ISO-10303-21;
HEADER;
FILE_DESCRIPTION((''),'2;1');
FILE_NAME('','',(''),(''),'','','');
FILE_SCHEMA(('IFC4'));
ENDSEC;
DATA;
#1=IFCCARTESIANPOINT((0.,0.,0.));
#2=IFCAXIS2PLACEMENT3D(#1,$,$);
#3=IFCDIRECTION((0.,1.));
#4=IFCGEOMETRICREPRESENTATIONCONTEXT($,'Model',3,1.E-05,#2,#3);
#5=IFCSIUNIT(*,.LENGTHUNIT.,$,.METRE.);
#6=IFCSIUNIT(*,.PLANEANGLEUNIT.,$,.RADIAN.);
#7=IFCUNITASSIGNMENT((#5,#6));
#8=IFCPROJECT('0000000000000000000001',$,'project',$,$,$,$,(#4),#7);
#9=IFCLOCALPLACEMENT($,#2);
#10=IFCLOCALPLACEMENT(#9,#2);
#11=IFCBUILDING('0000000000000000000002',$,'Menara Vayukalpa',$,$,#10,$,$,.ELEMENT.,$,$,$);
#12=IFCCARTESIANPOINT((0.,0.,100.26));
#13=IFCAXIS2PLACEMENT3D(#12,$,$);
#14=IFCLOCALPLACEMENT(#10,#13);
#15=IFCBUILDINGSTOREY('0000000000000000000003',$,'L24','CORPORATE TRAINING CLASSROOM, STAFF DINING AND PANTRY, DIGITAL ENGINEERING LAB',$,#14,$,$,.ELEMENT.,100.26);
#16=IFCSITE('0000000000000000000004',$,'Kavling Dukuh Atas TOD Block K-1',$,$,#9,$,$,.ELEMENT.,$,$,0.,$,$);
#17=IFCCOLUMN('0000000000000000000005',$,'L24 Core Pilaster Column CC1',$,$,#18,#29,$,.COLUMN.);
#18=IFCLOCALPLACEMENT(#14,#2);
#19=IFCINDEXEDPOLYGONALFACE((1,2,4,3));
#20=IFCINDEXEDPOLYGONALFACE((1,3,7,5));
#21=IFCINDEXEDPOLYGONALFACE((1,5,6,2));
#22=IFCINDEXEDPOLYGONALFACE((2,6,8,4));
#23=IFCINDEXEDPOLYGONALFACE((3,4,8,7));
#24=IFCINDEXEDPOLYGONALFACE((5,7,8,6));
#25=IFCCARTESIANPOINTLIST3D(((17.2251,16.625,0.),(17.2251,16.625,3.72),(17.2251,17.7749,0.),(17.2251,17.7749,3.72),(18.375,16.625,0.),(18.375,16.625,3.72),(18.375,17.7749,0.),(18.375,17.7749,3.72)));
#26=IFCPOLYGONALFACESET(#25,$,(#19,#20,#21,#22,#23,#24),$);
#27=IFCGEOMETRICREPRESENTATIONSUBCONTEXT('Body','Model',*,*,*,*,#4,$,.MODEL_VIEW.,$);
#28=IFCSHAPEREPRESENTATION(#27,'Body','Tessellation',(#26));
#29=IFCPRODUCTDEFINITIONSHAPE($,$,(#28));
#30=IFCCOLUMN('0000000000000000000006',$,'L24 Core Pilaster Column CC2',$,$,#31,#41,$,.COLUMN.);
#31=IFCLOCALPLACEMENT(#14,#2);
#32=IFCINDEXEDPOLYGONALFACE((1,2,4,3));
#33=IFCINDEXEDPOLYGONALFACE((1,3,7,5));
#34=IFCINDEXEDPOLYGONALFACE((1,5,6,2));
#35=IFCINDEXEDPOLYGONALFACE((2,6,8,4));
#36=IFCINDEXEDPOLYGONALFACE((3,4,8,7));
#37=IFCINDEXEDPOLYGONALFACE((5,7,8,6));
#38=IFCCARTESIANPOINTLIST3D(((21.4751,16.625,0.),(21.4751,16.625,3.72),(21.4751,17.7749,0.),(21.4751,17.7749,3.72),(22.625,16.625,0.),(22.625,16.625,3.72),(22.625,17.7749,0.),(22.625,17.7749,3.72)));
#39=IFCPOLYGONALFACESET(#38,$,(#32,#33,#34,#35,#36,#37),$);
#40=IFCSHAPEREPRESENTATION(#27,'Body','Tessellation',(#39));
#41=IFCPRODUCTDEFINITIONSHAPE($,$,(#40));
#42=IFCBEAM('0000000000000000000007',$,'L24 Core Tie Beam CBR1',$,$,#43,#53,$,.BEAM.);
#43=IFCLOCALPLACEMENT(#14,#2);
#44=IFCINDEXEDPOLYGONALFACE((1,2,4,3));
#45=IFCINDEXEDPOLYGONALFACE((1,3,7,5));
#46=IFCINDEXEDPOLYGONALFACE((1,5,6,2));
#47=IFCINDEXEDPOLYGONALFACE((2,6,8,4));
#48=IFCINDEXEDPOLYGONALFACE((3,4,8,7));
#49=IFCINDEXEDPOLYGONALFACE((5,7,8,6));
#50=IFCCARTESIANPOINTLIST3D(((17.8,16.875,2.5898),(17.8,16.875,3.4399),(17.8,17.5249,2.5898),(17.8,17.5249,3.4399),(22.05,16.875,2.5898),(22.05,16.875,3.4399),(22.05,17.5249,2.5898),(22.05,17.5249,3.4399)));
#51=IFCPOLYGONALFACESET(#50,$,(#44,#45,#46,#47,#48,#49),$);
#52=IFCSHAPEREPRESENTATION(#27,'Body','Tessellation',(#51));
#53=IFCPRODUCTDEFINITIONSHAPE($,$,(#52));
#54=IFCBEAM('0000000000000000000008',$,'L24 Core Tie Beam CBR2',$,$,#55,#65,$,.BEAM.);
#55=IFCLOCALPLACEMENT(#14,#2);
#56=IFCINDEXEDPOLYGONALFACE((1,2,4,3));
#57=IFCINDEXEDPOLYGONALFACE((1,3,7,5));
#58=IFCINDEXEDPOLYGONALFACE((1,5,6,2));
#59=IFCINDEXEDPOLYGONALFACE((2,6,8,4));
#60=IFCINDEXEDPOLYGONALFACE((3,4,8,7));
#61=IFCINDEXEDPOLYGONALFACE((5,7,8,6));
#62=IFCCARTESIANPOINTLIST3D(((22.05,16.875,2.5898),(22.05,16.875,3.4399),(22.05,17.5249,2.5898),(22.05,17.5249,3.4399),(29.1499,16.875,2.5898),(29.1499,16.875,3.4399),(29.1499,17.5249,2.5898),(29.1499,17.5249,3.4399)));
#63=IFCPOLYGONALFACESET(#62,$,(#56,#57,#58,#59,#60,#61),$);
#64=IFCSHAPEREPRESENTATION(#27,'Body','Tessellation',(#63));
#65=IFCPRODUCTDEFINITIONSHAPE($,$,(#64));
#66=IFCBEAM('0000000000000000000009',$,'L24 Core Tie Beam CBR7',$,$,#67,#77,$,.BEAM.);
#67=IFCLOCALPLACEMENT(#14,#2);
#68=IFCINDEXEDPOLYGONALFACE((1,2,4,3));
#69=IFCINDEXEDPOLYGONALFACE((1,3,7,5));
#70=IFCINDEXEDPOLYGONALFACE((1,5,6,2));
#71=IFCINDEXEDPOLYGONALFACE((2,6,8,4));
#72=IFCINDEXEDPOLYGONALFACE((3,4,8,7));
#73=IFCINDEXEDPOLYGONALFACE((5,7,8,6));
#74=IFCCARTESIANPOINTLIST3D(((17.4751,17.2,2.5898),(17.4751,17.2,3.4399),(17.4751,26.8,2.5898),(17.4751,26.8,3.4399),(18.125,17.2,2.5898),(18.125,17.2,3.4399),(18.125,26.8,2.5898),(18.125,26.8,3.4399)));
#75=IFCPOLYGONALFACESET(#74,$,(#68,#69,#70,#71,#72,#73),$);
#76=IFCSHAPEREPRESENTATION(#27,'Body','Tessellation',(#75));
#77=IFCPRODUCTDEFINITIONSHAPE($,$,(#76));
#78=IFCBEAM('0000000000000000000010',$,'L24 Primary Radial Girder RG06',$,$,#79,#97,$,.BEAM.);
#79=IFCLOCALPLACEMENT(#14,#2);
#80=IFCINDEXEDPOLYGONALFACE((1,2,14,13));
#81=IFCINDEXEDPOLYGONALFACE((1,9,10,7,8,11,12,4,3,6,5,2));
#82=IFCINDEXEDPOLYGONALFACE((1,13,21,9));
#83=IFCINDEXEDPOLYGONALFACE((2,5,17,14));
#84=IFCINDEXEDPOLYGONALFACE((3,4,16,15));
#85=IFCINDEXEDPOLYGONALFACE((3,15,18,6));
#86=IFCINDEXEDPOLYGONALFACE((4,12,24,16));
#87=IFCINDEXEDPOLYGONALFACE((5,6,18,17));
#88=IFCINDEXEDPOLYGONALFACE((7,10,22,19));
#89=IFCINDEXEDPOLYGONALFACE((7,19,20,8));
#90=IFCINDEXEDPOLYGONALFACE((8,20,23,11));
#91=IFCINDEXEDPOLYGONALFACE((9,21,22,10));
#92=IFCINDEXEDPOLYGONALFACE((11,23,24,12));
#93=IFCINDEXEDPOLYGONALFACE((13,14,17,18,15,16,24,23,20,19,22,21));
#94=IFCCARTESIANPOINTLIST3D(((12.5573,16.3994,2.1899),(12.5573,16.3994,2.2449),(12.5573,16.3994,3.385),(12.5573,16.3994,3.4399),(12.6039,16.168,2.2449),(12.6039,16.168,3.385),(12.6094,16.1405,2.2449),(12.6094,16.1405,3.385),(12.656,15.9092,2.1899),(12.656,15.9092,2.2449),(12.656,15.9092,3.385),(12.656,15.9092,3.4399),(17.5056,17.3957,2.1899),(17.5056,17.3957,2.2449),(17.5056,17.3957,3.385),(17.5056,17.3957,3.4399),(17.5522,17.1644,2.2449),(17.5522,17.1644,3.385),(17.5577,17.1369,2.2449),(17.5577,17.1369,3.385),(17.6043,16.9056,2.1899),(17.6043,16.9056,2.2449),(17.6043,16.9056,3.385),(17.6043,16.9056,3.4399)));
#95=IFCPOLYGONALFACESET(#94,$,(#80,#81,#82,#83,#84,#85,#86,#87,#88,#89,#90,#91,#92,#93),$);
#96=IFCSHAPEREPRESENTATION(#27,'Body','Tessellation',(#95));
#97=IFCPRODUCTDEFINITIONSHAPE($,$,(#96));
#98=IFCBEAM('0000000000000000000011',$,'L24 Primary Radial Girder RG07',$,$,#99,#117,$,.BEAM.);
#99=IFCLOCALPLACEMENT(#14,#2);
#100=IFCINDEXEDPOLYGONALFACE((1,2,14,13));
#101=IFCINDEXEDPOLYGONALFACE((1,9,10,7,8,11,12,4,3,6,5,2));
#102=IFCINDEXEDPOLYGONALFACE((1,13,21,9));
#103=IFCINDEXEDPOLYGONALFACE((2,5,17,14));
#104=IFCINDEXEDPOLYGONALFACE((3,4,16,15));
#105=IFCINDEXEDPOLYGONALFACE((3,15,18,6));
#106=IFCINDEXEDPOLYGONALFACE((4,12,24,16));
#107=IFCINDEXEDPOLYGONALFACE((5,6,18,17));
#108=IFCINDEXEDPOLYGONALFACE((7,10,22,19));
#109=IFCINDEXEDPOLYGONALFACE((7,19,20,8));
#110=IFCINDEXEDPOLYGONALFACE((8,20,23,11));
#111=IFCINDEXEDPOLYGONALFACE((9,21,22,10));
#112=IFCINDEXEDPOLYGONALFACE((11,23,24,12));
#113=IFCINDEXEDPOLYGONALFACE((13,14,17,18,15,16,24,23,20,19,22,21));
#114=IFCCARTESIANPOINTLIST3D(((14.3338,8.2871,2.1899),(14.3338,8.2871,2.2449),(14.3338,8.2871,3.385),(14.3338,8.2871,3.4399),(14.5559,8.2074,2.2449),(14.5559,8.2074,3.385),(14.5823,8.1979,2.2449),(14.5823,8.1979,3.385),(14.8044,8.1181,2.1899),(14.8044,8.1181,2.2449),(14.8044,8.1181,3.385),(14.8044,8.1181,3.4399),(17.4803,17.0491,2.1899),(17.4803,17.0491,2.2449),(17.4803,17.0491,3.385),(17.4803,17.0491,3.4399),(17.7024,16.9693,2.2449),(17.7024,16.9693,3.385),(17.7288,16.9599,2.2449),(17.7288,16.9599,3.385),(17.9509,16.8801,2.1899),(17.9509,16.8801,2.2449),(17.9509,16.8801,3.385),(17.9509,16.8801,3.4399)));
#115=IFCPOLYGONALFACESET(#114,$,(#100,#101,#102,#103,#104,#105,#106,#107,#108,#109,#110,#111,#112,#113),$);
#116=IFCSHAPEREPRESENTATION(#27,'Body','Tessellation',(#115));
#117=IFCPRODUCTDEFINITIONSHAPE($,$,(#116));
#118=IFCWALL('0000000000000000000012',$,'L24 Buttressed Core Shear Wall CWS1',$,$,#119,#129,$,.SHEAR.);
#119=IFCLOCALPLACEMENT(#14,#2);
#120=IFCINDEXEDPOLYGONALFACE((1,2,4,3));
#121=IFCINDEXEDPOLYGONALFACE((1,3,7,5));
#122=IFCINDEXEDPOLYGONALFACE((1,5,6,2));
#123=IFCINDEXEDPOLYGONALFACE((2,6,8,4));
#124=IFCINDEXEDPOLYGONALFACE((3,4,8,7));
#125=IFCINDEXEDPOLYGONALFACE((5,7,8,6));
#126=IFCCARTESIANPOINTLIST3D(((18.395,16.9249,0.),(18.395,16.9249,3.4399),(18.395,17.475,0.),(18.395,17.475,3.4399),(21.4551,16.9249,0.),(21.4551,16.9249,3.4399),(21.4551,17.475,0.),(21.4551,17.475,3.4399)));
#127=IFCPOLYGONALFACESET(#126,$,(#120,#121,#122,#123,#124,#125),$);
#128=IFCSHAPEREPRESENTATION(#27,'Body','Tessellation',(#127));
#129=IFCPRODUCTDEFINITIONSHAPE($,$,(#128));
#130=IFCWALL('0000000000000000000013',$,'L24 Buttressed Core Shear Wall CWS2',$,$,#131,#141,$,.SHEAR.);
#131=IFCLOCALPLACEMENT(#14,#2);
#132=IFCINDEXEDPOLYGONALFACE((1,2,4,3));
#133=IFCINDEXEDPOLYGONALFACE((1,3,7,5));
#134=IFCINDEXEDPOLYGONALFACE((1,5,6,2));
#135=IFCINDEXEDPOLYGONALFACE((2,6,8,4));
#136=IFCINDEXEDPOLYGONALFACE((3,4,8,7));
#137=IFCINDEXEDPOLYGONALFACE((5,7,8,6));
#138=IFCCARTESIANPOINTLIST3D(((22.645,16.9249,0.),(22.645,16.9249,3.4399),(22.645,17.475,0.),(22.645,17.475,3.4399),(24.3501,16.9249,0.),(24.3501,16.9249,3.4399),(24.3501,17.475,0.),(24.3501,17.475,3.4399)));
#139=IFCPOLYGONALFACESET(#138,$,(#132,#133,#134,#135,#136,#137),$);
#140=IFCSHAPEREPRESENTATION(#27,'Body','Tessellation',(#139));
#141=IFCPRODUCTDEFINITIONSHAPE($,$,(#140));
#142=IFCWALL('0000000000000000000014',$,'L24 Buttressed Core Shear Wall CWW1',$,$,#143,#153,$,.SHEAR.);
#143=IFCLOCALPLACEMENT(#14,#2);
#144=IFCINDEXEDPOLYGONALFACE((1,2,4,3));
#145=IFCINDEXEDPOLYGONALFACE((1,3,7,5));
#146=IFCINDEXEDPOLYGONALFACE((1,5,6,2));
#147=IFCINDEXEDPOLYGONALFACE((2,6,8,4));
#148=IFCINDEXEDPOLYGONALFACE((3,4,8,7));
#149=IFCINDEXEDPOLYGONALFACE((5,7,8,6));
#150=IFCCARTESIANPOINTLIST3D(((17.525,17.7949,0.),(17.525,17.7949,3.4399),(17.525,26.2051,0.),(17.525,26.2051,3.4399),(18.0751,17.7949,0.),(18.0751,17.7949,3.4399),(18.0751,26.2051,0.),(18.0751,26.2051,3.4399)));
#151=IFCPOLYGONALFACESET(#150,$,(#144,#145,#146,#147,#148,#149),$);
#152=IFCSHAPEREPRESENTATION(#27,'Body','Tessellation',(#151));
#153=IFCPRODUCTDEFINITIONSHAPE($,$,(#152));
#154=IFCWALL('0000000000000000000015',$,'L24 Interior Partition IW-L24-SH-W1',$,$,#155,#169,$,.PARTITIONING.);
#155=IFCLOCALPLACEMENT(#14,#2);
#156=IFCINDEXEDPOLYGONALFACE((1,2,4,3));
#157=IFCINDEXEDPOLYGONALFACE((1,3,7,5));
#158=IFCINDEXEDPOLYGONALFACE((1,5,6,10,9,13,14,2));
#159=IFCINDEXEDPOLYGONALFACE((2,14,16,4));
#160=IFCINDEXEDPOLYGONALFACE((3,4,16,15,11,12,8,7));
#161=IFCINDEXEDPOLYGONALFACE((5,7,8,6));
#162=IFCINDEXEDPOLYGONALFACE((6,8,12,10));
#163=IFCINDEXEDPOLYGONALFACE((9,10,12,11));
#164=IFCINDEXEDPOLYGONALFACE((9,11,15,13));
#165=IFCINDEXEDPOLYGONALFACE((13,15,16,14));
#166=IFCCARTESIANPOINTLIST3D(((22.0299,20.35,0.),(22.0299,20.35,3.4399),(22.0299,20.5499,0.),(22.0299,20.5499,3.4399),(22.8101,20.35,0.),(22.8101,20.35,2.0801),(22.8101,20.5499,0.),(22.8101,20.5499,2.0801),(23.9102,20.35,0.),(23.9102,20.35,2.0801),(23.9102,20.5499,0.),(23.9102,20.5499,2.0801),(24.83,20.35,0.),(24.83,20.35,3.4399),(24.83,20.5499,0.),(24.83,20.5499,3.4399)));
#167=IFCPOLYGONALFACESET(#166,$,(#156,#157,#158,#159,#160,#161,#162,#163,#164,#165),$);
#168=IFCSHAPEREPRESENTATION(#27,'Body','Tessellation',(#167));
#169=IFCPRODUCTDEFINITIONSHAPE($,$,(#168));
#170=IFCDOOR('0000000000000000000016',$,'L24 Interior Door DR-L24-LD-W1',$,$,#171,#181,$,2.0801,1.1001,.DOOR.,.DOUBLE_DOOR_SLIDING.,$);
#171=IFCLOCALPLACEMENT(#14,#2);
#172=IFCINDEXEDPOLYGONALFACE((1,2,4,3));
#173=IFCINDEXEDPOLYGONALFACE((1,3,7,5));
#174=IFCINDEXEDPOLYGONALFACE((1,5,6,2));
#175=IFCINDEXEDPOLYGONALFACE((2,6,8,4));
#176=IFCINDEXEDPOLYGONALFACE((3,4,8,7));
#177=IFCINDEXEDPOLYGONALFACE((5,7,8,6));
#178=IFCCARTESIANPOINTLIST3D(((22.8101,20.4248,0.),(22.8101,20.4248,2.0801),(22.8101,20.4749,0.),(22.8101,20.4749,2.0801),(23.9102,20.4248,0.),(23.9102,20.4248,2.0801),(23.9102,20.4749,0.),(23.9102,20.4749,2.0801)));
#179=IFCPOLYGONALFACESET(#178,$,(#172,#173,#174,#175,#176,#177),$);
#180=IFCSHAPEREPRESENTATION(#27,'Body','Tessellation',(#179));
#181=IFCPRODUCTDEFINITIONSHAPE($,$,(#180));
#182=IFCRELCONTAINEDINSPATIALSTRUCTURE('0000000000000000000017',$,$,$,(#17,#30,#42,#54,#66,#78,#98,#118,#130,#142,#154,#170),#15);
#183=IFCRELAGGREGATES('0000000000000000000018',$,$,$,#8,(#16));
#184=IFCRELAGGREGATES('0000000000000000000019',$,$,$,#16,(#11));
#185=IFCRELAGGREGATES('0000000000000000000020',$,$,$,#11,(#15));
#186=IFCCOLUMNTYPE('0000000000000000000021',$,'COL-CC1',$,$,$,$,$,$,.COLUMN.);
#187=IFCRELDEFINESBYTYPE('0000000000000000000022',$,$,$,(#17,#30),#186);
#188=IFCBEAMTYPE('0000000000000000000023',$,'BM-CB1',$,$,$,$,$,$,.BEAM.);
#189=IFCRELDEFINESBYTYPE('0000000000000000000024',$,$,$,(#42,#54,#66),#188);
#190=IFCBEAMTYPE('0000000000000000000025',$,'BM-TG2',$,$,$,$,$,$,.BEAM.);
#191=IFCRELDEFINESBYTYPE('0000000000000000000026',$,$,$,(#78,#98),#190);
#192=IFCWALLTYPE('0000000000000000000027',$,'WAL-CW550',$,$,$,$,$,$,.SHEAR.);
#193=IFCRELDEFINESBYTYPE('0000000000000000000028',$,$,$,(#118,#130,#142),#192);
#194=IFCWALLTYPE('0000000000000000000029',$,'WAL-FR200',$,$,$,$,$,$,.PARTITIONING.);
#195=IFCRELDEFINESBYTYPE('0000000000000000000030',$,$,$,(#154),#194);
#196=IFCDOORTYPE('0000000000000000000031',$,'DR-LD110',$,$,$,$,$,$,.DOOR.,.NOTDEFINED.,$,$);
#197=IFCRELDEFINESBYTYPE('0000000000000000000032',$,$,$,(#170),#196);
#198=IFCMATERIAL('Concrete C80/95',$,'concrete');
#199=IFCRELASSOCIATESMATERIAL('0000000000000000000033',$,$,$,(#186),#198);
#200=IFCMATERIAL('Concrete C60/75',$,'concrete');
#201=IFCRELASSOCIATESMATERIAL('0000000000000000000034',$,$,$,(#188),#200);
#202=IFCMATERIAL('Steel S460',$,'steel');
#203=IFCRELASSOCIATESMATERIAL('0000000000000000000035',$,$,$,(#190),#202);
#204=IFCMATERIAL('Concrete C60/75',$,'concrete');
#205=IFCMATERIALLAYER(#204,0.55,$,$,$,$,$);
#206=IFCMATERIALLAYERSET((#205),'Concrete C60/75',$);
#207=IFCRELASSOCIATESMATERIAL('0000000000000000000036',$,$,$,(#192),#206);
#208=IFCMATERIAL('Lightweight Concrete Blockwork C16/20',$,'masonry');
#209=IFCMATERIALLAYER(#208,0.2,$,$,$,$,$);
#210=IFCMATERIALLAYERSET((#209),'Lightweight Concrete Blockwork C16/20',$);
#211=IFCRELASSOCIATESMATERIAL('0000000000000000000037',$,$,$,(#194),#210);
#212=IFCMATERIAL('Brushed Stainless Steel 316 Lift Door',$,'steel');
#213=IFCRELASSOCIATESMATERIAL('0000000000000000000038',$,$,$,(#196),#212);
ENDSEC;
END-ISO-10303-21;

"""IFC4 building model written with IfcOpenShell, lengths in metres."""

from ifc_helpers import new_model, si_unit, direction, frame, frame_2d, origin, origin_2d, place, context, subcontext, project, spatial, rectangle, i_section, extrude, material, layer, layer_set, material_profile, profile_set, type_object, element, fill, save


model = new_model("IFC4")

# Units and contexts
model_context = context("Model", 3, precision=1e-05, world=origin(), true_north=direction((0.0, 1.0)))
body_context = subcontext(model_context, "Body", "Model", "MODEL_VIEW")
ifc_project = project(units=[si_unit("LENGTHUNIT", "METRE"), si_unit("PLANEANGLEUNIT", "RADIAN")], contexts=[model_context])

# Site, building, storey
site_placement = place(None, origin())
site = spatial("IfcSite", under=ifc_project, at=site_placement, Name="Kavling Dukuh Atas TOD Block K-1", CompositionType="ELEMENT", RefElevation=0.0)
building_placement = place(site_placement, origin())
building = spatial("IfcBuilding", under=site, at=building_placement, Name="Menara Vayukalpa", CompositionType="ELEMENT")
storey_placement = place(building_placement, frame((0.0, 0.0, 100.26)))
storey = spatial("IfcBuildingStorey", under=building, at=storey_placement, Name="L24", Description="CORPORATE TRAINING CLASSROOM, STAFF DINING AND PANTRY, DIGITAL ENGINEERING LAB", CompositionType="ELEMENT", Elevation=100.26)

# Columns
ifc_material_1 = material(Name="Concrete C80/95", Category="concrete")
ifc_material_profile_1 = material_profile(ifc_material_1, rectangle(XDim=1.1499, YDim=1.1499, at=origin_2d()), Name="RC 1150x1150")
ifc_profile_set_1 = profile_set([ifc_material_profile_1], Name="Concrete C80/95")
column_type = type_object("IfcColumnType", Name="COL-CC1", PredefinedType="COLUMN", material=ifc_profile_set_1)
for number, where, z_axis, x_axis, name in (
    (1, (17.8, 17.2, 0.0), (0.0, 0.0, 1.0), (1.0, 0.0, 0.0), "L24 Core Pilaster Column CC1"),
    (2, (22.05, 17.2, 0.0), (0.0, 0.0, 1.0), (1.0, 0.0, 0.0), "L24 Core Pilaster Column CC2"),
):
    element("IfcColumn", number, at=place(storey_placement, frame(where, z_axis=z_axis, x_axis=x_axis)), inside=storey, type_object=column_type, Name=name, PredefinedType="COLUMN", context=body_context, shape_type="SweptSolid", body=[
        extrude(rectangle(XDim=1.1499, YDim=1.1499, at=origin_2d()), origin(), (0.0, 0.0, 1.0), 3.72),
    ])

# Beams
ifc_material_2 = material(Name="Concrete C60/75", Category="concrete")
ifc_material_profile_2 = material_profile(ifc_material_2, rectangle(XDim=0.6499, YDim=0.8501, at=origin_2d()), Name="RC 650x850")
ifc_profile_set_2 = profile_set([ifc_material_profile_2], Name="Concrete C60/75")
beam_type_1 = type_object("IfcBeamType", Name="BM-CB1", PredefinedType="BEAM", material=ifc_profile_set_2)
beam_1_placement = place(storey_placement, frame((17.8, 17.2, 3.0149), z_axis=(1.0, 0.0, 0.0), x_axis=(0.0, 1.0, 0.0)))
element("IfcBeam", 3, at=beam_1_placement, inside=storey, type_object=beam_type_1, Name="L24 Core Tie Beam CBR1", PredefinedType="BEAM", context=body_context, shape_type="SweptSolid", body=[
    extrude(rectangle(XDim=0.6499, YDim=0.8501, at=origin_2d()), origin(), (0.0, 0.0, 1.0), 4.25),
])
beam_2_placement = place(storey_placement, frame((22.05, 17.2, 3.0149), z_axis=(1.0, 0.0, 0.0), x_axis=(0.0, 1.0, 0.0)))
element("IfcBeam", 4, at=beam_2_placement, inside=storey, type_object=beam_type_1, Name="L24 Core Tie Beam CBR2", PredefinedType="BEAM", context=body_context, shape_type="SweptSolid", body=[
    extrude(rectangle(XDim=0.6499, YDim=0.8501, at=origin_2d()), origin(), (0.0, 0.0, 1.0), 7.0999),
])
beam_3_placement = place(storey_placement, frame((17.8, 17.2, 3.0149), z_axis=(0.0, 1.0, 0.0), x_axis=(-1.0, 0.0, 0.0)))
element("IfcBeam", 5, at=beam_3_placement, inside=storey, type_object=beam_type_1, Name="L24 Core Tie Beam CBR7", PredefinedType="BEAM", context=body_context, shape_type="SweptSolid", body=[
    extrude(rectangle(XDim=0.6499, YDim=0.8501, at=origin_2d()), origin(), (0.0, 0.0, 1.0), 9.6001),
])
ifc_material_3 = material(Name="Steel S460", Category="steel")
ifc_material_profile_3 = material_profile(ifc_material_3, i_section(OverallWidth=0.5, OverallDepth=1.25, WebThickness=0.0281, FlangeThickness=0.0549, at=origin_2d()), Name="WG 1250x500x28x55")
ifc_profile_set_3 = profile_set([ifc_material_profile_3], Name="Steel S460")
beam_type_2 = type_object("IfcBeamType", Name="BM-TG2", PredefinedType="BEAM", material=ifc_profile_set_3)
beam_4_placement = place(storey_placement, frame((17.5549, 17.1506, 2.8149), z_axis=(-0.980325, -0.19739, 0.0), x_axis=(0.19739, -0.980325, 0.0)))
element("IfcBeam", 6, at=beam_4_placement, inside=storey, type_object=beam_type_2, Name="L24 Primary Radial Girder RG06", PredefinedType="BEAM", context=body_context, shape_type="SweptSolid", body=[
    extrude(i_section(OverallWidth=0.5, OverallDepth=1.25, WebThickness=0.0281, FlangeThickness=0.0549, at=origin_2d()), origin(), (0.0, 0.0, 1.0), 5.0476),
])
beam_5_placement = place(storey_placement, frame((17.7156, 16.9646, 2.8149), z_axis=(-0.337976, -0.941155, 0.0), x_axis=(0.941155, -0.337976, 0.0)))
element("IfcBeam", 7, at=beam_5_placement, inside=storey, type_object=beam_type_2, Name="L24 Primary Radial Girder RG07", PredefinedType="BEAM", context=body_context, shape_type="SweptSolid", body=[
    extrude(i_section(OverallWidth=0.5, OverallDepth=1.25, WebThickness=0.0281, FlangeThickness=0.0549, at=origin_2d()), origin(), (0.0, 0.0, 1.0), 9.3098),
])

# Walls
ifc_material_4 = material(Name="Concrete C60/75", Category="concrete")
ifc_layer_1 = layer(ifc_material_4, 0.55)
ifc_layer_set_1 = layer_set([ifc_layer_1], Name="Concrete C60/75")
wall_type_1 = type_object("IfcWallType", Name="WAL-CW550", PredefinedType="SHEAR", material=ifc_layer_set_1)
wall_1_placement = place(storey_placement, frame((18.395, 17.2, 0.0), z_axis=(0.0, 0.0, 1.0), x_axis=(1.0, 0.0, 0.0)))
element("IfcWall", 8, at=wall_1_placement, inside=storey, type_object=wall_type_1, Name="L24 Buttressed Core Shear Wall CWS1", PredefinedType="SHEAR", context=body_context, shape_type="SweptSolid", body=[
    extrude(rectangle(XDim=3.0601, YDim=0.55, at=frame_2d((1.53, 0.0))), origin(), (0.0, 0.0, 1.0), 3.4399),
])
wall_2_placement = place(storey_placement, frame((22.645, 17.2, 0.0), z_axis=(0.0, 0.0, 1.0), x_axis=(1.0, 0.0, 0.0)))
element("IfcWall", 9, at=wall_2_placement, inside=storey, type_object=wall_type_1, Name="L24 Buttressed Core Shear Wall CWS2", PredefinedType="SHEAR", context=body_context, shape_type="SweptSolid", body=[
    extrude(rectangle(XDim=1.7051, YDim=0.55, at=frame_2d((0.8525, 0.0))), origin(), (0.0, 0.0, 1.0), 3.4399),
])
wall_3_placement = place(storey_placement, frame((17.8, 17.7949, 0.0), z_axis=(0.0, 0.0, 1.0), x_axis=(0.0, 1.0, 0.0)))
element("IfcWall", 10, at=wall_3_placement, inside=storey, type_object=wall_type_1, Name="L24 Buttressed Core Shear Wall CWW1", PredefinedType="SHEAR", context=body_context, shape_type="SweptSolid", body=[
    extrude(rectangle(XDim=8.4102, YDim=0.55, at=frame_2d((4.2051, 0.0))), origin(), (0.0, 0.0, 1.0), 3.4399),
])

# Wall, opening, door
ifc_material_5 = material(Name="Lightweight Concrete Blockwork C16/20", Category="masonry")
ifc_layer_2 = layer(ifc_material_5, 0.2)
ifc_layer_set_2 = layer_set([ifc_layer_2], Name="Lightweight Concrete Blockwork C16/20")
wall_type_2 = type_object("IfcWallType", Name="WAL-FR200", PredefinedType="PARTITIONING", material=ifc_layer_set_2)
wall_4_placement = place(storey_placement, frame((22.03, 20.45, 0.0), z_axis=(0.0, 0.0, 1.0), x_axis=(1.0, 0.0, 0.0)))
wall_4 = element("IfcWall", 11, at=wall_4_placement, inside=storey, type_object=wall_type_2, Name="L24 Interior Partition IW-L24-SH-W1", PredefinedType="PARTITIONING", context=body_context, shape_type="SweptSolid", body=[
    extrude(rectangle(XDim=2.8, YDim=0.2, at=frame_2d((1.3999, 0.0))), origin(), (0.0, 0.0, 1.0), 3.4399),
])
opening_1_placement = place(wall_4_placement, frame((0.78, 0.0, 0.0)))
opening_1 = element("IfcOpeningElement", 12, at=opening_1_placement, cuts=wall_4, PredefinedType="OPENING", context=body_context, shape_type="SweptSolid", body=[
    extrude(rectangle(XDim=1.1001, YDim=2.0801, at=frame_2d((0.55, 1.04))), frame((0.0, 0.1099, 0.0), z_axis=(0.0, -1.0, 0.0), x_axis=(1.0, 0.0, 0.0)), (0.0, 0.0, 1.0), 0.22),
])
ifc_material_6 = material(Name="Brushed Stainless Steel 316 Lift Door", Category="steel")
door_type_1 = type_object("IfcDoorType", Name="DR-LD110", OperationType="NOTDEFINED", PredefinedType="DOOR", material=ifc_material_6)
door_1_placement = place(opening_1_placement, origin())
door_1 = element("IfcDoor", 13, at=door_1_placement, inside=storey, type_object=door_type_1, Name="L24 Interior Door DR-L24-LD-W1", OperationType="DOUBLE_DOOR_SLIDING", OverallHeight=2.0801, OverallWidth=1.1001, PredefinedType="DOOR", context=body_context, shape_type="SweptSolid", body=[
    extrude(rectangle(XDim=1.1001, YDim=2.0801, at=frame_2d((0.55, 1.04))), frame((0.0, 0.0249, 0.0), z_axis=(0.0, -1.0, 0.0), x_axis=(1.0, 0.0, 0.0)), (0.0, 0.0, 1.0), 0.05),
])
fill(opening_1, door_1)

save(model, "model.ifc")
